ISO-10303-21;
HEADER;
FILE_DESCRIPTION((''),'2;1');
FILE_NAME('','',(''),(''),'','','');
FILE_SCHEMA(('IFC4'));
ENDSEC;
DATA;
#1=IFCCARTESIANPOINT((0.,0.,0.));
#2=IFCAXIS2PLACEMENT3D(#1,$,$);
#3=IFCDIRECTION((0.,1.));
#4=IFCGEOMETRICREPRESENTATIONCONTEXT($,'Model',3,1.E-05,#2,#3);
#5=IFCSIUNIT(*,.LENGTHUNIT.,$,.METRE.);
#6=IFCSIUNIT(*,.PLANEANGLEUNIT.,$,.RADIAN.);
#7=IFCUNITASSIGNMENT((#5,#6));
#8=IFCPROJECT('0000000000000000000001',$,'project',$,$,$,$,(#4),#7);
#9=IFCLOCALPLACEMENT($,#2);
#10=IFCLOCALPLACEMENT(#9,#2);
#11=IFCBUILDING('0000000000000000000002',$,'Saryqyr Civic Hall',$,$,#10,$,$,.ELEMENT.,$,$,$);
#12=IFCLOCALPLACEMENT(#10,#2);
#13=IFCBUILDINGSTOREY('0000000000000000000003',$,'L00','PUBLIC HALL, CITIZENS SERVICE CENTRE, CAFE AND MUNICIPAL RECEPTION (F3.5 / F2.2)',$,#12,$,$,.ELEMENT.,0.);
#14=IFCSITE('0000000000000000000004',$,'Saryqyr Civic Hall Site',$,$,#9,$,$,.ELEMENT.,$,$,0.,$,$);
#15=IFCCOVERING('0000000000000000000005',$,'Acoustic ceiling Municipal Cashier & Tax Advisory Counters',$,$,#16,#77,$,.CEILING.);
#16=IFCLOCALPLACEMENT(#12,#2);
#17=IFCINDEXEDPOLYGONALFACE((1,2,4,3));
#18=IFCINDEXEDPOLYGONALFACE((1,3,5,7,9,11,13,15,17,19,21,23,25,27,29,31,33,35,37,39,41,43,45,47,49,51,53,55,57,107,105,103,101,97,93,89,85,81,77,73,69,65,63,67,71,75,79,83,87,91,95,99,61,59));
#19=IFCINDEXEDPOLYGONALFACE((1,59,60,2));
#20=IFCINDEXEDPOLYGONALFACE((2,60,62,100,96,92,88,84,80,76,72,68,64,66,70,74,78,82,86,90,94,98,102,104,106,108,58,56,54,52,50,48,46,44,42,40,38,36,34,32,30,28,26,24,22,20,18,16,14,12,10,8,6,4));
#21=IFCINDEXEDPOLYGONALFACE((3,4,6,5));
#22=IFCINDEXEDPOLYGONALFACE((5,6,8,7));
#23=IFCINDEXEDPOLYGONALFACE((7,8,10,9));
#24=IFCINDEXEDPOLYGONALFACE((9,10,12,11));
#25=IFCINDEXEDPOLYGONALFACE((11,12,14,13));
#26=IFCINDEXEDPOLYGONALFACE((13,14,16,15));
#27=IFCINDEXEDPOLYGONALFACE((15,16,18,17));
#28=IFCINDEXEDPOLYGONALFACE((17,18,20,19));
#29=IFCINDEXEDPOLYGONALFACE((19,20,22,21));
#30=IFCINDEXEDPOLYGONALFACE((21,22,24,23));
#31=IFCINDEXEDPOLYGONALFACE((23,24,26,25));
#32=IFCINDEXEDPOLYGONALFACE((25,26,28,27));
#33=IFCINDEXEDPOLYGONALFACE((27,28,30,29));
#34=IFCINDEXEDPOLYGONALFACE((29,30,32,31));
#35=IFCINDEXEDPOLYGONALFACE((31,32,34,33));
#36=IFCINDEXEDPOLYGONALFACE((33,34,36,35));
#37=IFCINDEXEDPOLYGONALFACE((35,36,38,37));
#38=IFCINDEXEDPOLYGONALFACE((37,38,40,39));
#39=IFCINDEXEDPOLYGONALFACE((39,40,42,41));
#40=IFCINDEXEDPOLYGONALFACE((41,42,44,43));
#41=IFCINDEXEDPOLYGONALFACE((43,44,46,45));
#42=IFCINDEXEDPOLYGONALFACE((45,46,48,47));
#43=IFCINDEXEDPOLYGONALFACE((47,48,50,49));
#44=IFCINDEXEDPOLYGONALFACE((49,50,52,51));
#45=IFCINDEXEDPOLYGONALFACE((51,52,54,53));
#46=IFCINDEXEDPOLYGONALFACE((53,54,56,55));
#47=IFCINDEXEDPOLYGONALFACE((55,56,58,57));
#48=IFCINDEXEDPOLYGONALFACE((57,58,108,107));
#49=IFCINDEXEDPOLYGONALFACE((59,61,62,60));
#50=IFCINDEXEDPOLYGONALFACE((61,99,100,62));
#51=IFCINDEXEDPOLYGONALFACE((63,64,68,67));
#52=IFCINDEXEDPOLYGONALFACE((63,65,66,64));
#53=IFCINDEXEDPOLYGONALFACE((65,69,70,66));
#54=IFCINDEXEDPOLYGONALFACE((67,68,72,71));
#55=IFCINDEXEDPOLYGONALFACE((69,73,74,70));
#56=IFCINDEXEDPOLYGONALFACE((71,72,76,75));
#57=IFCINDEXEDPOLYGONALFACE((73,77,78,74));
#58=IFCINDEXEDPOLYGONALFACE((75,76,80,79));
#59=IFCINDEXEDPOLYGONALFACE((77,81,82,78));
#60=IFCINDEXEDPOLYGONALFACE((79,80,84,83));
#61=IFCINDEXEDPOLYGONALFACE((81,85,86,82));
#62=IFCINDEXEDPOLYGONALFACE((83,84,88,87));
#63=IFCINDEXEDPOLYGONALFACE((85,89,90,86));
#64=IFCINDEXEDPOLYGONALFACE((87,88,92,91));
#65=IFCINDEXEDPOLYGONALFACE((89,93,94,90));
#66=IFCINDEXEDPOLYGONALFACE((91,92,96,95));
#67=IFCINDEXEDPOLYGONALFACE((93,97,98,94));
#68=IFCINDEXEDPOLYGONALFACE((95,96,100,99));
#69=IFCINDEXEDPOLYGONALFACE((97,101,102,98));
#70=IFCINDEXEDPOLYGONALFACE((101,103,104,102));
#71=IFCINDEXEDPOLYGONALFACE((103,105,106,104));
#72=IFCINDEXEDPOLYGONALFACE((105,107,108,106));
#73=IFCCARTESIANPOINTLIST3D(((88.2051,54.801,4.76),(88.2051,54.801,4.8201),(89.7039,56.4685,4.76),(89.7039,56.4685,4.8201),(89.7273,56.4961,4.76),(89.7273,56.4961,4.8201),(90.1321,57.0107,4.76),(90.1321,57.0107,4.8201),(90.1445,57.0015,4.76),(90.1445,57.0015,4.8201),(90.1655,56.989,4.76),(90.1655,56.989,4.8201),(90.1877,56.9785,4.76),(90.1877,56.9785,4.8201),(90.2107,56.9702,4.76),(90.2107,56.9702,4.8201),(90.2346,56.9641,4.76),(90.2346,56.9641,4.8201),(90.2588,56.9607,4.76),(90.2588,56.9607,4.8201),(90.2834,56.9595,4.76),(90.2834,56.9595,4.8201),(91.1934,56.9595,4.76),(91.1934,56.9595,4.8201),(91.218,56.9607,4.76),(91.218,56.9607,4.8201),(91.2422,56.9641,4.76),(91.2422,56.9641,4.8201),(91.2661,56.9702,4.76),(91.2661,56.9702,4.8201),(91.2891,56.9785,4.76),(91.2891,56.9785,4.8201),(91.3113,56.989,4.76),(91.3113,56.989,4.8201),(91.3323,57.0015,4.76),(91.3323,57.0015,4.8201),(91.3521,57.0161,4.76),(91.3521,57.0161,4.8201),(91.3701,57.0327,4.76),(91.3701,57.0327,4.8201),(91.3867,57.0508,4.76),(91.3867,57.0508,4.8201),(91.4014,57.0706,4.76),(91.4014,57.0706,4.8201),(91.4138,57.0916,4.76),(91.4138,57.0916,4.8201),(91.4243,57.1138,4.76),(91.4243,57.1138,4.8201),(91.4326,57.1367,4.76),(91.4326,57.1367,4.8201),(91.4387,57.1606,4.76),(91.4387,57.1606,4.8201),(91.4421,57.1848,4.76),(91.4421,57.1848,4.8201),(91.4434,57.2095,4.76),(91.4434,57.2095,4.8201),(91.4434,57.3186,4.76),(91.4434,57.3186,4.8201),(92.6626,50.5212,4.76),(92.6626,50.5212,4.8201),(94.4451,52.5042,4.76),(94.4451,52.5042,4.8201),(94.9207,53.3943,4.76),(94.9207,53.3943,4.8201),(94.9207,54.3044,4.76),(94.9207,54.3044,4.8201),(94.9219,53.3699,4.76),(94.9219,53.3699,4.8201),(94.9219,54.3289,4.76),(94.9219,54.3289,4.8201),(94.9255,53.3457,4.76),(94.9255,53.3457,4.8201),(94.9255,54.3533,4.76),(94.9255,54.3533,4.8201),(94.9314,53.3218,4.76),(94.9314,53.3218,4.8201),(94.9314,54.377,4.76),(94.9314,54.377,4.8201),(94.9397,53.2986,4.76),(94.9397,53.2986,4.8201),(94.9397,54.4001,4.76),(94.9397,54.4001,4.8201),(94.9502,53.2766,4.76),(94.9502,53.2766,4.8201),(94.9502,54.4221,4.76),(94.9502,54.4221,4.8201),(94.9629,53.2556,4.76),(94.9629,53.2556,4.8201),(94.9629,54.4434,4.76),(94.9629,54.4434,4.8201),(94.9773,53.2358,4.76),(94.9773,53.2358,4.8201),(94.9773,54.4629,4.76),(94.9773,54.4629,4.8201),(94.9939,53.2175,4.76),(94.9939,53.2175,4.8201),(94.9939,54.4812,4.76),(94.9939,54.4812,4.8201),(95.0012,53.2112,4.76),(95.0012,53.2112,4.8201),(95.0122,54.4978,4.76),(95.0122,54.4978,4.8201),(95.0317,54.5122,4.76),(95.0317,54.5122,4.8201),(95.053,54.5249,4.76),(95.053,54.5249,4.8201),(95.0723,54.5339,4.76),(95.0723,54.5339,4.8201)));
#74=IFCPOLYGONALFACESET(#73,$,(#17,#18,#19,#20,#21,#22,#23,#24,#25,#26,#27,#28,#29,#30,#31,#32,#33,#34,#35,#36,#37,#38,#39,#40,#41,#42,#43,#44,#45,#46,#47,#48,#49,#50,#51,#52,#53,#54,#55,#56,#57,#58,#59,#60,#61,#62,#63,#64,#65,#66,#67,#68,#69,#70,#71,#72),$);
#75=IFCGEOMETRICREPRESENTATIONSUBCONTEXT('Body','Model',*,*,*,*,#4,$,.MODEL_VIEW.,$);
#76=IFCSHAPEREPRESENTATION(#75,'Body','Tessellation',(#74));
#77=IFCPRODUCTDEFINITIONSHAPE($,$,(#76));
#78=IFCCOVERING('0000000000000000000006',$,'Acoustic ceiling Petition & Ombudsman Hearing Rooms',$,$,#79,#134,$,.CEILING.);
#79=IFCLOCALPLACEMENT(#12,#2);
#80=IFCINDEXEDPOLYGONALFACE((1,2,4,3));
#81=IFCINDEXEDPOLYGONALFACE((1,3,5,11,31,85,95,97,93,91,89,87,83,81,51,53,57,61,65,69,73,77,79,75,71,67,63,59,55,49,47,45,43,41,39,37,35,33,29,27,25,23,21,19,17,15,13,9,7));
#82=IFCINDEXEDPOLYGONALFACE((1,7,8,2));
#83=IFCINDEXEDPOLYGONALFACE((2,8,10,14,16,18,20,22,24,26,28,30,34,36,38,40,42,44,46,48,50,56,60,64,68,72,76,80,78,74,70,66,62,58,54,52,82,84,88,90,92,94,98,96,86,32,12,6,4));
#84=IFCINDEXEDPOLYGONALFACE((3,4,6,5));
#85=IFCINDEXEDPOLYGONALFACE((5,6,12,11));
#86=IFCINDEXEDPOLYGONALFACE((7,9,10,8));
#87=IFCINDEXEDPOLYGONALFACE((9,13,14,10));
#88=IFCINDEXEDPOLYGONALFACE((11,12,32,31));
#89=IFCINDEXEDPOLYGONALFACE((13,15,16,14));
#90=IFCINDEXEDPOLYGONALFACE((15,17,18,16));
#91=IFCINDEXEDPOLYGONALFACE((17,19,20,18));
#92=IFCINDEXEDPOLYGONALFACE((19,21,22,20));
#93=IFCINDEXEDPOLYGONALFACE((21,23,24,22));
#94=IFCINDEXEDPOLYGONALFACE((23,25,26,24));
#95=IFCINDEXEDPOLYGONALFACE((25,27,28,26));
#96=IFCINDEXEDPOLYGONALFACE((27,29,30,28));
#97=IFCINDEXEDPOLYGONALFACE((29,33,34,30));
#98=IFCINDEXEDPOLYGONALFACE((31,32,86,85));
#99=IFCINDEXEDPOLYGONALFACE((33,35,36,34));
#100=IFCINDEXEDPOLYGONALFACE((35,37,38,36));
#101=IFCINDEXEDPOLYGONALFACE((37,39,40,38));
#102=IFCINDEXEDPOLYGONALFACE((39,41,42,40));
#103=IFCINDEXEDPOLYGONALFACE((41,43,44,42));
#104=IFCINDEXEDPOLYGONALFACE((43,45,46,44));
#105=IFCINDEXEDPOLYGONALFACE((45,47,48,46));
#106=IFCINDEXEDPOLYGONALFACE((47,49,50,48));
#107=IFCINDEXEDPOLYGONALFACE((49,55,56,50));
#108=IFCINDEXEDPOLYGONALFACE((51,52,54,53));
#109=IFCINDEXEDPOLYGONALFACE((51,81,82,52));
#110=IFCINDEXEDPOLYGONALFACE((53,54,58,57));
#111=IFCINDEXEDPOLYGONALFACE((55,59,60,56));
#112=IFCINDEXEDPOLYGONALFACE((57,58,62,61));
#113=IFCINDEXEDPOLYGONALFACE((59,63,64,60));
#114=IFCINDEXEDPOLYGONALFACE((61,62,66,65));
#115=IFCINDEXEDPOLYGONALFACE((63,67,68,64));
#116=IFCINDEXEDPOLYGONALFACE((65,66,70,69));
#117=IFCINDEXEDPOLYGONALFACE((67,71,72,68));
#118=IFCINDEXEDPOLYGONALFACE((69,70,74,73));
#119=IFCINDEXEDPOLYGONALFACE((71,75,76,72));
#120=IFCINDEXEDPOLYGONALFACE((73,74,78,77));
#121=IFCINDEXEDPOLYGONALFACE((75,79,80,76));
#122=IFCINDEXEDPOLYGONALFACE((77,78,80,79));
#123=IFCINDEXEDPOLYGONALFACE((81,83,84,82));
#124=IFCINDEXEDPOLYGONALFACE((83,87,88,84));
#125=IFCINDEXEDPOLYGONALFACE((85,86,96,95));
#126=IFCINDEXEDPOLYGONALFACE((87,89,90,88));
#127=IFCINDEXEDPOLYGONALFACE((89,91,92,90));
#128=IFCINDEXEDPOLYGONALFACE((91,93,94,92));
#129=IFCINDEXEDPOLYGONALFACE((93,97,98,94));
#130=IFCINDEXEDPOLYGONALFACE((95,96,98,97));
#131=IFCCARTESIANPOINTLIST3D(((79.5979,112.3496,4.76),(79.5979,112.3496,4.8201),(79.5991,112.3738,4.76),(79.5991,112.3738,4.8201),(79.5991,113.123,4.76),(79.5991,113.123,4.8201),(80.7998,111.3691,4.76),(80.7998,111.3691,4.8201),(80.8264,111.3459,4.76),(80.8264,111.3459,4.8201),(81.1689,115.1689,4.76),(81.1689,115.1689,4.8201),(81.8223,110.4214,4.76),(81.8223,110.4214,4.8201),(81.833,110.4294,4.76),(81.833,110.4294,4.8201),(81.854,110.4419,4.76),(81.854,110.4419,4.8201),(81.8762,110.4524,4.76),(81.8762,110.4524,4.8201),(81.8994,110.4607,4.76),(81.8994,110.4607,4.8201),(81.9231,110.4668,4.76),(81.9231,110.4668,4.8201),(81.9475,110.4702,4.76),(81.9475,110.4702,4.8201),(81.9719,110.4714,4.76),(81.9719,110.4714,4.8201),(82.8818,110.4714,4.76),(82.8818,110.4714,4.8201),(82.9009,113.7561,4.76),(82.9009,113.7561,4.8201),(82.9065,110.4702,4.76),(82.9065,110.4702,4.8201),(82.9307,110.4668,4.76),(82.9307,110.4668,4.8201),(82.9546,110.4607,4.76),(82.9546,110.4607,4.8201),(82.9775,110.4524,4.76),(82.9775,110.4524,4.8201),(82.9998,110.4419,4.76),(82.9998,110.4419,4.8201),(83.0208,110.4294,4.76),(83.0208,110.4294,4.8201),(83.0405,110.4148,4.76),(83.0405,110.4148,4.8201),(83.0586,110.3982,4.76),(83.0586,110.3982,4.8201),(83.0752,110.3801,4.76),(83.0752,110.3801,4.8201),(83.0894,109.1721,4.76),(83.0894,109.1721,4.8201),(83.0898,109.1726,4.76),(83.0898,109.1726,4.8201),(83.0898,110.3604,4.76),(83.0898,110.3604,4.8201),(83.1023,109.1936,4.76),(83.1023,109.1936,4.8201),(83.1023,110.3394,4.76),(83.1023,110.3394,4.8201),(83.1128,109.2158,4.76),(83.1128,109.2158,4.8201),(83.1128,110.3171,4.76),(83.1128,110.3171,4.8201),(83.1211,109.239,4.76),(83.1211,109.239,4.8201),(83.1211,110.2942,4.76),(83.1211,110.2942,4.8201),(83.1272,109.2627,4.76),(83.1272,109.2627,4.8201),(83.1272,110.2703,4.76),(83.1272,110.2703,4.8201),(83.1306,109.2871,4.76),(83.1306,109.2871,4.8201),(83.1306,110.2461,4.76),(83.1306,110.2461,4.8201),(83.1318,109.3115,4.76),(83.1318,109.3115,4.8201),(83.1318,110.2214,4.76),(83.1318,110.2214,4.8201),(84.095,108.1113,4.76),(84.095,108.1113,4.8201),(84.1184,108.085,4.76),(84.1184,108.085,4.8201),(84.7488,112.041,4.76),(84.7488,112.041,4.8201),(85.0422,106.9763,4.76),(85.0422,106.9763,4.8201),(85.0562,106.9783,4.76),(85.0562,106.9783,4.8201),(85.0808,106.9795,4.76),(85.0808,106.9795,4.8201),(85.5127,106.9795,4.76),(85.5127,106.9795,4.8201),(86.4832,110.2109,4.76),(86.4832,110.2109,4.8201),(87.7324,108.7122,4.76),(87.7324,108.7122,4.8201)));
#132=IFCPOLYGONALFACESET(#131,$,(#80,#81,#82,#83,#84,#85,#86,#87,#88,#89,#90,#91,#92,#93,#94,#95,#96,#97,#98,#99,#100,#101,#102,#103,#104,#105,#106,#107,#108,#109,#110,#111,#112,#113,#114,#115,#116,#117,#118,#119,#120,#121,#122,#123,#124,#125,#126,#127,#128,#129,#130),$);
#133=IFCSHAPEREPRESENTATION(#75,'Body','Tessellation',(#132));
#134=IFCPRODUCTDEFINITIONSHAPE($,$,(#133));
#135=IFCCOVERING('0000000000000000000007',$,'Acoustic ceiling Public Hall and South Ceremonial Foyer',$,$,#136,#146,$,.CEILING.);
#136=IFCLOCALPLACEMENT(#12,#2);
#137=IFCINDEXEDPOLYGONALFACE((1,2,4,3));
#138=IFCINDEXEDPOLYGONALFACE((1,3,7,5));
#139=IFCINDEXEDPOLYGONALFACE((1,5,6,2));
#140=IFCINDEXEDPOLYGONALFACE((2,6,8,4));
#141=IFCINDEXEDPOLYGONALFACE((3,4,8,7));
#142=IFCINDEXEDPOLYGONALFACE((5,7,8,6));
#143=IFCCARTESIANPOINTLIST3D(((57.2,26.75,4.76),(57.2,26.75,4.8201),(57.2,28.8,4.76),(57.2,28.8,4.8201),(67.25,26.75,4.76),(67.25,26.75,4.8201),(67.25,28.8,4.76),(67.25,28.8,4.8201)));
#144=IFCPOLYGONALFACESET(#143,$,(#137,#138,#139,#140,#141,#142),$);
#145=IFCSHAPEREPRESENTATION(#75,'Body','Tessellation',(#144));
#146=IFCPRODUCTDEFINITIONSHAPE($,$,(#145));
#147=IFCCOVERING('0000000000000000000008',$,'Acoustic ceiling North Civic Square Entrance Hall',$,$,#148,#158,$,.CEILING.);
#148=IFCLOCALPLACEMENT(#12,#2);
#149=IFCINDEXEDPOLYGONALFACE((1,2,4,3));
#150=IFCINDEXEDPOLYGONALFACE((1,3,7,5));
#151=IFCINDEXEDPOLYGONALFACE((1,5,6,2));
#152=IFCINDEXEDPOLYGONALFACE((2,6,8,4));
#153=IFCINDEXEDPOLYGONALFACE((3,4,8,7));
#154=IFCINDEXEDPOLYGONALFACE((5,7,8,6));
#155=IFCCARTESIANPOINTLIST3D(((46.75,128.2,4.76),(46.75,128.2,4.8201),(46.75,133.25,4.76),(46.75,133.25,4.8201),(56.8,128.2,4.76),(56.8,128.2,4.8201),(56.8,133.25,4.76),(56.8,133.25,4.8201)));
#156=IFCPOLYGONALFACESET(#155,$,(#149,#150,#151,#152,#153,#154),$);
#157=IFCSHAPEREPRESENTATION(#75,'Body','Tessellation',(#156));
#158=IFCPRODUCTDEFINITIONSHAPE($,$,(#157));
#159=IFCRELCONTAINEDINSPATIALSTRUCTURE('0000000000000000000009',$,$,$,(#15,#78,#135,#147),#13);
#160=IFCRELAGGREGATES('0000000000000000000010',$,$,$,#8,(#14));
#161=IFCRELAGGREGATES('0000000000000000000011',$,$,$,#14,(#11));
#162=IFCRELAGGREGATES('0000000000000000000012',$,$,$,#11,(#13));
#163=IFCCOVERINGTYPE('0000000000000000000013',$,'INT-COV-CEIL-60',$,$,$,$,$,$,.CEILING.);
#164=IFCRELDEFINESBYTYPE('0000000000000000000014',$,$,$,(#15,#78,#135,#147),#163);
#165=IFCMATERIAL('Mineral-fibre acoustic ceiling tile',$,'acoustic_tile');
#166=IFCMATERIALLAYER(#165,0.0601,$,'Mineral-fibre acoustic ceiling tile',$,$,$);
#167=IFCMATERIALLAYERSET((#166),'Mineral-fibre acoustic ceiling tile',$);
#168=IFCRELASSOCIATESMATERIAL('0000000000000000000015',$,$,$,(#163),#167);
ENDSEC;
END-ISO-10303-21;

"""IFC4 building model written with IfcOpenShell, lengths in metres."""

from ifc_helpers import new_model, si_unit, direction, frame, origin, place, context, subcontext, project, spatial, polyline, outline, extrude, material, layer, layer_set, type_object, element, save


model = new_model("IFC4")

# Units and contexts
model_context = context("Model", 3, precision=1e-05, world=origin(), true_north=direction((0.0, 1.0)))
body_context = subcontext(model_context, "Body", "Model", "MODEL_VIEW")
ifc_project = project(units=[si_unit("LENGTHUNIT", "METRE"), si_unit("PLANEANGLEUNIT", "RADIAN")], contexts=[model_context])

# Site, building, storey
site_placement = place(None, origin())
site = spatial("IfcSite", under=ifc_project, at=site_placement, Name="Saryqyr Civic Hall Site", CompositionType="ELEMENT", RefElevation=0.0)
building_placement = place(site_placement, origin())
building = spatial("IfcBuilding", under=site, at=building_placement, Name="Saryqyr Civic Hall", CompositionType="ELEMENT")
storey_placement = place(building_placement, origin())
storey = spatial("IfcBuildingStorey", under=building, at=storey_placement, Name="L00", Description="PUBLIC HALL, CITIZENS SERVICE CENTRE, CAFE AND MUNICIPAL RECEPTION (F3.5 / F2.2)", CompositionType="ELEMENT", Elevation=0.0)

# Coverings
ifc_material_1 = material(Name="Mineral-fibre acoustic ceiling tile", Category="acoustic_tile")
ifc_layer_1 = layer(ifc_material_1, 0.0601, Name="Mineral-fibre acoustic ceiling tile")
ifc_layer_set_1 = layer_set([ifc_layer_1], Name="Mineral-fibre acoustic ceiling tile")
covering_type = type_object("IfcCoveringType", Name="INT-COV-CEIL-60", PredefinedType="CEILING", material=ifc_layer_set_1)
covering_1_placement = place(storey_placement, frame((0.0, 0.0, 4.76)))
element("IfcCovering", 1, at=covering_1_placement, inside=storey, type_object=covering_type, Name="Acoustic ceiling Municipal Cashier & Tax Advisory Counters", PredefinedType="CEILING", context=body_context, shape_type="SweptSolid", body=[
    extrude(outline(polyline([(90.1445, 57.0015), (90.1655, 56.989), (90.1877, 56.9785), (90.2107, 56.9702), (90.2346, 56.9641), (90.2588, 56.9607), (90.2834, 56.9595), (91.1934, 56.9595), (91.218, 56.9607), (91.2422, 56.9641), (91.2661, 56.9702), (91.2891, 56.9785), (91.3113, 56.989), (91.3323, 57.0015), (91.3521, 57.0161), (91.3701, 57.0327), (91.3867, 57.0508), (91.4014, 57.0706), (91.4138, 57.0916), (91.4243, 57.1138), (91.4326, 57.1367), (91.4387, 57.1606), (91.4421, 57.1848), (91.4434, 57.2095), (91.4434, 57.3186), (95.0723, 54.5339), (95.053, 54.5249), (95.0317, 54.5122), (95.0122, 54.4978), (94.9939, 54.4812), (94.9773, 54.4629), (94.9629, 54.4434), (94.9502, 54.4221), (94.9397, 54.4001), (94.9314, 54.377), (94.9255, 54.3533), (94.9219, 54.3289), (94.9207, 54.3044), (94.9207, 53.3943), (94.9219, 53.3699), (94.9255, 53.3457), (94.9314, 53.3218), (94.9397, 53.2986), (94.9502, 53.2766), (94.9629, 53.2556), (94.9773, 53.2358), (94.9939, 53.2175), (95.0012, 53.2112), (94.4451, 52.5042), (92.6626, 50.5212), (88.2051, 54.801), (89.7039, 56.4685), (89.7273, 56.4961), (90.1321, 57.0107), (90.1445, 57.0015)])), origin(), (0.0, 0.0, 1.0), 0.0601),
])
covering_2_placement = place(storey_placement, frame((0.0, 0.0, 4.76)))
element("IfcCovering", 2, at=covering_2_placement, inside=storey, type_object=covering_type, Name="Acoustic ceiling Petition & Ombudsman Hearing Rooms", PredefinedType="CEILING", context=body_context, shape_type="SweptSolid", body=[
    extrude(outline(polyline([(83.0898, 109.1726), (83.1023, 109.1936), (83.1128, 109.2158), (83.1211, 109.239), (83.1272, 109.2627), (83.1306, 109.2871), (83.1318, 109.3115), (83.1318, 110.2214), (83.1306, 110.2461), (83.1272, 110.2703), (83.1211, 110.2942), (83.1128, 110.3171), (83.1023, 110.3394), (83.0898, 110.3604), (83.0752, 110.3801), (83.0586, 110.3982), (83.0405, 110.4148), (83.0208, 110.4294), (82.9998, 110.4419), (82.9775, 110.4524), (82.9546, 110.4607), (82.9307, 110.4668), (82.9065, 110.4702), (82.8818, 110.4714), (81.9719, 110.4714), (81.9475, 110.4702), (81.9231, 110.4668), (81.8994, 110.4607), (81.8762, 110.4524), (81.854, 110.4419), (81.833, 110.4294), (81.8223, 110.4214), (80.8264, 111.3459), (80.7998, 111.3691), (79.5979, 112.3496), (79.5991, 112.3738), (79.5991, 113.123), (81.1689, 115.1689), (82.9009, 113.7561), (84.7488, 112.041), (86.4832, 110.2109), (87.7324, 108.7122), (85.5127, 106.9795), (85.0808, 106.9795), (85.0562, 106.9783), (85.0422, 106.9763), (84.1184, 108.085), (84.095, 108.1113), (83.0894, 109.1721), (83.0898, 109.1726)])), origin(), (0.0, 0.0, 1.0), 0.0601),
])
covering_3_placement = place(storey_placement, frame((0.0, 0.0, 4.76)))
element("IfcCovering", 3, at=covering_3_placement, inside=storey, type_object=covering_type, Name="Acoustic ceiling Public Hall and South Ceremonial Foyer", PredefinedType="CEILING", context=body_context, shape_type="SweptSolid", body=[
    extrude(outline(polyline([(67.25, 26.75), (57.2, 26.75), (57.2, 28.8), (67.25, 28.8), (67.25, 26.75)])), origin(), (0.0, 0.0, 1.0), 0.0601),
])
covering_4_placement = place(storey_placement, frame((0.0, 0.0, 4.76)))
element("IfcCovering", 4, at=covering_4_placement, inside=storey, type_object=covering_type, Name="Acoustic ceiling North Civic Square Entrance Hall", PredefinedType="CEILING", context=body_context, shape_type="SweptSolid", body=[
    extrude(outline(polyline([(46.75, 133.25), (56.8, 133.25), (56.8, 128.2), (46.75, 128.2), (46.75, 133.25)])), origin(), (0.0, 0.0, 1.0), 0.0601),
])

save(model, "model.ifc")
